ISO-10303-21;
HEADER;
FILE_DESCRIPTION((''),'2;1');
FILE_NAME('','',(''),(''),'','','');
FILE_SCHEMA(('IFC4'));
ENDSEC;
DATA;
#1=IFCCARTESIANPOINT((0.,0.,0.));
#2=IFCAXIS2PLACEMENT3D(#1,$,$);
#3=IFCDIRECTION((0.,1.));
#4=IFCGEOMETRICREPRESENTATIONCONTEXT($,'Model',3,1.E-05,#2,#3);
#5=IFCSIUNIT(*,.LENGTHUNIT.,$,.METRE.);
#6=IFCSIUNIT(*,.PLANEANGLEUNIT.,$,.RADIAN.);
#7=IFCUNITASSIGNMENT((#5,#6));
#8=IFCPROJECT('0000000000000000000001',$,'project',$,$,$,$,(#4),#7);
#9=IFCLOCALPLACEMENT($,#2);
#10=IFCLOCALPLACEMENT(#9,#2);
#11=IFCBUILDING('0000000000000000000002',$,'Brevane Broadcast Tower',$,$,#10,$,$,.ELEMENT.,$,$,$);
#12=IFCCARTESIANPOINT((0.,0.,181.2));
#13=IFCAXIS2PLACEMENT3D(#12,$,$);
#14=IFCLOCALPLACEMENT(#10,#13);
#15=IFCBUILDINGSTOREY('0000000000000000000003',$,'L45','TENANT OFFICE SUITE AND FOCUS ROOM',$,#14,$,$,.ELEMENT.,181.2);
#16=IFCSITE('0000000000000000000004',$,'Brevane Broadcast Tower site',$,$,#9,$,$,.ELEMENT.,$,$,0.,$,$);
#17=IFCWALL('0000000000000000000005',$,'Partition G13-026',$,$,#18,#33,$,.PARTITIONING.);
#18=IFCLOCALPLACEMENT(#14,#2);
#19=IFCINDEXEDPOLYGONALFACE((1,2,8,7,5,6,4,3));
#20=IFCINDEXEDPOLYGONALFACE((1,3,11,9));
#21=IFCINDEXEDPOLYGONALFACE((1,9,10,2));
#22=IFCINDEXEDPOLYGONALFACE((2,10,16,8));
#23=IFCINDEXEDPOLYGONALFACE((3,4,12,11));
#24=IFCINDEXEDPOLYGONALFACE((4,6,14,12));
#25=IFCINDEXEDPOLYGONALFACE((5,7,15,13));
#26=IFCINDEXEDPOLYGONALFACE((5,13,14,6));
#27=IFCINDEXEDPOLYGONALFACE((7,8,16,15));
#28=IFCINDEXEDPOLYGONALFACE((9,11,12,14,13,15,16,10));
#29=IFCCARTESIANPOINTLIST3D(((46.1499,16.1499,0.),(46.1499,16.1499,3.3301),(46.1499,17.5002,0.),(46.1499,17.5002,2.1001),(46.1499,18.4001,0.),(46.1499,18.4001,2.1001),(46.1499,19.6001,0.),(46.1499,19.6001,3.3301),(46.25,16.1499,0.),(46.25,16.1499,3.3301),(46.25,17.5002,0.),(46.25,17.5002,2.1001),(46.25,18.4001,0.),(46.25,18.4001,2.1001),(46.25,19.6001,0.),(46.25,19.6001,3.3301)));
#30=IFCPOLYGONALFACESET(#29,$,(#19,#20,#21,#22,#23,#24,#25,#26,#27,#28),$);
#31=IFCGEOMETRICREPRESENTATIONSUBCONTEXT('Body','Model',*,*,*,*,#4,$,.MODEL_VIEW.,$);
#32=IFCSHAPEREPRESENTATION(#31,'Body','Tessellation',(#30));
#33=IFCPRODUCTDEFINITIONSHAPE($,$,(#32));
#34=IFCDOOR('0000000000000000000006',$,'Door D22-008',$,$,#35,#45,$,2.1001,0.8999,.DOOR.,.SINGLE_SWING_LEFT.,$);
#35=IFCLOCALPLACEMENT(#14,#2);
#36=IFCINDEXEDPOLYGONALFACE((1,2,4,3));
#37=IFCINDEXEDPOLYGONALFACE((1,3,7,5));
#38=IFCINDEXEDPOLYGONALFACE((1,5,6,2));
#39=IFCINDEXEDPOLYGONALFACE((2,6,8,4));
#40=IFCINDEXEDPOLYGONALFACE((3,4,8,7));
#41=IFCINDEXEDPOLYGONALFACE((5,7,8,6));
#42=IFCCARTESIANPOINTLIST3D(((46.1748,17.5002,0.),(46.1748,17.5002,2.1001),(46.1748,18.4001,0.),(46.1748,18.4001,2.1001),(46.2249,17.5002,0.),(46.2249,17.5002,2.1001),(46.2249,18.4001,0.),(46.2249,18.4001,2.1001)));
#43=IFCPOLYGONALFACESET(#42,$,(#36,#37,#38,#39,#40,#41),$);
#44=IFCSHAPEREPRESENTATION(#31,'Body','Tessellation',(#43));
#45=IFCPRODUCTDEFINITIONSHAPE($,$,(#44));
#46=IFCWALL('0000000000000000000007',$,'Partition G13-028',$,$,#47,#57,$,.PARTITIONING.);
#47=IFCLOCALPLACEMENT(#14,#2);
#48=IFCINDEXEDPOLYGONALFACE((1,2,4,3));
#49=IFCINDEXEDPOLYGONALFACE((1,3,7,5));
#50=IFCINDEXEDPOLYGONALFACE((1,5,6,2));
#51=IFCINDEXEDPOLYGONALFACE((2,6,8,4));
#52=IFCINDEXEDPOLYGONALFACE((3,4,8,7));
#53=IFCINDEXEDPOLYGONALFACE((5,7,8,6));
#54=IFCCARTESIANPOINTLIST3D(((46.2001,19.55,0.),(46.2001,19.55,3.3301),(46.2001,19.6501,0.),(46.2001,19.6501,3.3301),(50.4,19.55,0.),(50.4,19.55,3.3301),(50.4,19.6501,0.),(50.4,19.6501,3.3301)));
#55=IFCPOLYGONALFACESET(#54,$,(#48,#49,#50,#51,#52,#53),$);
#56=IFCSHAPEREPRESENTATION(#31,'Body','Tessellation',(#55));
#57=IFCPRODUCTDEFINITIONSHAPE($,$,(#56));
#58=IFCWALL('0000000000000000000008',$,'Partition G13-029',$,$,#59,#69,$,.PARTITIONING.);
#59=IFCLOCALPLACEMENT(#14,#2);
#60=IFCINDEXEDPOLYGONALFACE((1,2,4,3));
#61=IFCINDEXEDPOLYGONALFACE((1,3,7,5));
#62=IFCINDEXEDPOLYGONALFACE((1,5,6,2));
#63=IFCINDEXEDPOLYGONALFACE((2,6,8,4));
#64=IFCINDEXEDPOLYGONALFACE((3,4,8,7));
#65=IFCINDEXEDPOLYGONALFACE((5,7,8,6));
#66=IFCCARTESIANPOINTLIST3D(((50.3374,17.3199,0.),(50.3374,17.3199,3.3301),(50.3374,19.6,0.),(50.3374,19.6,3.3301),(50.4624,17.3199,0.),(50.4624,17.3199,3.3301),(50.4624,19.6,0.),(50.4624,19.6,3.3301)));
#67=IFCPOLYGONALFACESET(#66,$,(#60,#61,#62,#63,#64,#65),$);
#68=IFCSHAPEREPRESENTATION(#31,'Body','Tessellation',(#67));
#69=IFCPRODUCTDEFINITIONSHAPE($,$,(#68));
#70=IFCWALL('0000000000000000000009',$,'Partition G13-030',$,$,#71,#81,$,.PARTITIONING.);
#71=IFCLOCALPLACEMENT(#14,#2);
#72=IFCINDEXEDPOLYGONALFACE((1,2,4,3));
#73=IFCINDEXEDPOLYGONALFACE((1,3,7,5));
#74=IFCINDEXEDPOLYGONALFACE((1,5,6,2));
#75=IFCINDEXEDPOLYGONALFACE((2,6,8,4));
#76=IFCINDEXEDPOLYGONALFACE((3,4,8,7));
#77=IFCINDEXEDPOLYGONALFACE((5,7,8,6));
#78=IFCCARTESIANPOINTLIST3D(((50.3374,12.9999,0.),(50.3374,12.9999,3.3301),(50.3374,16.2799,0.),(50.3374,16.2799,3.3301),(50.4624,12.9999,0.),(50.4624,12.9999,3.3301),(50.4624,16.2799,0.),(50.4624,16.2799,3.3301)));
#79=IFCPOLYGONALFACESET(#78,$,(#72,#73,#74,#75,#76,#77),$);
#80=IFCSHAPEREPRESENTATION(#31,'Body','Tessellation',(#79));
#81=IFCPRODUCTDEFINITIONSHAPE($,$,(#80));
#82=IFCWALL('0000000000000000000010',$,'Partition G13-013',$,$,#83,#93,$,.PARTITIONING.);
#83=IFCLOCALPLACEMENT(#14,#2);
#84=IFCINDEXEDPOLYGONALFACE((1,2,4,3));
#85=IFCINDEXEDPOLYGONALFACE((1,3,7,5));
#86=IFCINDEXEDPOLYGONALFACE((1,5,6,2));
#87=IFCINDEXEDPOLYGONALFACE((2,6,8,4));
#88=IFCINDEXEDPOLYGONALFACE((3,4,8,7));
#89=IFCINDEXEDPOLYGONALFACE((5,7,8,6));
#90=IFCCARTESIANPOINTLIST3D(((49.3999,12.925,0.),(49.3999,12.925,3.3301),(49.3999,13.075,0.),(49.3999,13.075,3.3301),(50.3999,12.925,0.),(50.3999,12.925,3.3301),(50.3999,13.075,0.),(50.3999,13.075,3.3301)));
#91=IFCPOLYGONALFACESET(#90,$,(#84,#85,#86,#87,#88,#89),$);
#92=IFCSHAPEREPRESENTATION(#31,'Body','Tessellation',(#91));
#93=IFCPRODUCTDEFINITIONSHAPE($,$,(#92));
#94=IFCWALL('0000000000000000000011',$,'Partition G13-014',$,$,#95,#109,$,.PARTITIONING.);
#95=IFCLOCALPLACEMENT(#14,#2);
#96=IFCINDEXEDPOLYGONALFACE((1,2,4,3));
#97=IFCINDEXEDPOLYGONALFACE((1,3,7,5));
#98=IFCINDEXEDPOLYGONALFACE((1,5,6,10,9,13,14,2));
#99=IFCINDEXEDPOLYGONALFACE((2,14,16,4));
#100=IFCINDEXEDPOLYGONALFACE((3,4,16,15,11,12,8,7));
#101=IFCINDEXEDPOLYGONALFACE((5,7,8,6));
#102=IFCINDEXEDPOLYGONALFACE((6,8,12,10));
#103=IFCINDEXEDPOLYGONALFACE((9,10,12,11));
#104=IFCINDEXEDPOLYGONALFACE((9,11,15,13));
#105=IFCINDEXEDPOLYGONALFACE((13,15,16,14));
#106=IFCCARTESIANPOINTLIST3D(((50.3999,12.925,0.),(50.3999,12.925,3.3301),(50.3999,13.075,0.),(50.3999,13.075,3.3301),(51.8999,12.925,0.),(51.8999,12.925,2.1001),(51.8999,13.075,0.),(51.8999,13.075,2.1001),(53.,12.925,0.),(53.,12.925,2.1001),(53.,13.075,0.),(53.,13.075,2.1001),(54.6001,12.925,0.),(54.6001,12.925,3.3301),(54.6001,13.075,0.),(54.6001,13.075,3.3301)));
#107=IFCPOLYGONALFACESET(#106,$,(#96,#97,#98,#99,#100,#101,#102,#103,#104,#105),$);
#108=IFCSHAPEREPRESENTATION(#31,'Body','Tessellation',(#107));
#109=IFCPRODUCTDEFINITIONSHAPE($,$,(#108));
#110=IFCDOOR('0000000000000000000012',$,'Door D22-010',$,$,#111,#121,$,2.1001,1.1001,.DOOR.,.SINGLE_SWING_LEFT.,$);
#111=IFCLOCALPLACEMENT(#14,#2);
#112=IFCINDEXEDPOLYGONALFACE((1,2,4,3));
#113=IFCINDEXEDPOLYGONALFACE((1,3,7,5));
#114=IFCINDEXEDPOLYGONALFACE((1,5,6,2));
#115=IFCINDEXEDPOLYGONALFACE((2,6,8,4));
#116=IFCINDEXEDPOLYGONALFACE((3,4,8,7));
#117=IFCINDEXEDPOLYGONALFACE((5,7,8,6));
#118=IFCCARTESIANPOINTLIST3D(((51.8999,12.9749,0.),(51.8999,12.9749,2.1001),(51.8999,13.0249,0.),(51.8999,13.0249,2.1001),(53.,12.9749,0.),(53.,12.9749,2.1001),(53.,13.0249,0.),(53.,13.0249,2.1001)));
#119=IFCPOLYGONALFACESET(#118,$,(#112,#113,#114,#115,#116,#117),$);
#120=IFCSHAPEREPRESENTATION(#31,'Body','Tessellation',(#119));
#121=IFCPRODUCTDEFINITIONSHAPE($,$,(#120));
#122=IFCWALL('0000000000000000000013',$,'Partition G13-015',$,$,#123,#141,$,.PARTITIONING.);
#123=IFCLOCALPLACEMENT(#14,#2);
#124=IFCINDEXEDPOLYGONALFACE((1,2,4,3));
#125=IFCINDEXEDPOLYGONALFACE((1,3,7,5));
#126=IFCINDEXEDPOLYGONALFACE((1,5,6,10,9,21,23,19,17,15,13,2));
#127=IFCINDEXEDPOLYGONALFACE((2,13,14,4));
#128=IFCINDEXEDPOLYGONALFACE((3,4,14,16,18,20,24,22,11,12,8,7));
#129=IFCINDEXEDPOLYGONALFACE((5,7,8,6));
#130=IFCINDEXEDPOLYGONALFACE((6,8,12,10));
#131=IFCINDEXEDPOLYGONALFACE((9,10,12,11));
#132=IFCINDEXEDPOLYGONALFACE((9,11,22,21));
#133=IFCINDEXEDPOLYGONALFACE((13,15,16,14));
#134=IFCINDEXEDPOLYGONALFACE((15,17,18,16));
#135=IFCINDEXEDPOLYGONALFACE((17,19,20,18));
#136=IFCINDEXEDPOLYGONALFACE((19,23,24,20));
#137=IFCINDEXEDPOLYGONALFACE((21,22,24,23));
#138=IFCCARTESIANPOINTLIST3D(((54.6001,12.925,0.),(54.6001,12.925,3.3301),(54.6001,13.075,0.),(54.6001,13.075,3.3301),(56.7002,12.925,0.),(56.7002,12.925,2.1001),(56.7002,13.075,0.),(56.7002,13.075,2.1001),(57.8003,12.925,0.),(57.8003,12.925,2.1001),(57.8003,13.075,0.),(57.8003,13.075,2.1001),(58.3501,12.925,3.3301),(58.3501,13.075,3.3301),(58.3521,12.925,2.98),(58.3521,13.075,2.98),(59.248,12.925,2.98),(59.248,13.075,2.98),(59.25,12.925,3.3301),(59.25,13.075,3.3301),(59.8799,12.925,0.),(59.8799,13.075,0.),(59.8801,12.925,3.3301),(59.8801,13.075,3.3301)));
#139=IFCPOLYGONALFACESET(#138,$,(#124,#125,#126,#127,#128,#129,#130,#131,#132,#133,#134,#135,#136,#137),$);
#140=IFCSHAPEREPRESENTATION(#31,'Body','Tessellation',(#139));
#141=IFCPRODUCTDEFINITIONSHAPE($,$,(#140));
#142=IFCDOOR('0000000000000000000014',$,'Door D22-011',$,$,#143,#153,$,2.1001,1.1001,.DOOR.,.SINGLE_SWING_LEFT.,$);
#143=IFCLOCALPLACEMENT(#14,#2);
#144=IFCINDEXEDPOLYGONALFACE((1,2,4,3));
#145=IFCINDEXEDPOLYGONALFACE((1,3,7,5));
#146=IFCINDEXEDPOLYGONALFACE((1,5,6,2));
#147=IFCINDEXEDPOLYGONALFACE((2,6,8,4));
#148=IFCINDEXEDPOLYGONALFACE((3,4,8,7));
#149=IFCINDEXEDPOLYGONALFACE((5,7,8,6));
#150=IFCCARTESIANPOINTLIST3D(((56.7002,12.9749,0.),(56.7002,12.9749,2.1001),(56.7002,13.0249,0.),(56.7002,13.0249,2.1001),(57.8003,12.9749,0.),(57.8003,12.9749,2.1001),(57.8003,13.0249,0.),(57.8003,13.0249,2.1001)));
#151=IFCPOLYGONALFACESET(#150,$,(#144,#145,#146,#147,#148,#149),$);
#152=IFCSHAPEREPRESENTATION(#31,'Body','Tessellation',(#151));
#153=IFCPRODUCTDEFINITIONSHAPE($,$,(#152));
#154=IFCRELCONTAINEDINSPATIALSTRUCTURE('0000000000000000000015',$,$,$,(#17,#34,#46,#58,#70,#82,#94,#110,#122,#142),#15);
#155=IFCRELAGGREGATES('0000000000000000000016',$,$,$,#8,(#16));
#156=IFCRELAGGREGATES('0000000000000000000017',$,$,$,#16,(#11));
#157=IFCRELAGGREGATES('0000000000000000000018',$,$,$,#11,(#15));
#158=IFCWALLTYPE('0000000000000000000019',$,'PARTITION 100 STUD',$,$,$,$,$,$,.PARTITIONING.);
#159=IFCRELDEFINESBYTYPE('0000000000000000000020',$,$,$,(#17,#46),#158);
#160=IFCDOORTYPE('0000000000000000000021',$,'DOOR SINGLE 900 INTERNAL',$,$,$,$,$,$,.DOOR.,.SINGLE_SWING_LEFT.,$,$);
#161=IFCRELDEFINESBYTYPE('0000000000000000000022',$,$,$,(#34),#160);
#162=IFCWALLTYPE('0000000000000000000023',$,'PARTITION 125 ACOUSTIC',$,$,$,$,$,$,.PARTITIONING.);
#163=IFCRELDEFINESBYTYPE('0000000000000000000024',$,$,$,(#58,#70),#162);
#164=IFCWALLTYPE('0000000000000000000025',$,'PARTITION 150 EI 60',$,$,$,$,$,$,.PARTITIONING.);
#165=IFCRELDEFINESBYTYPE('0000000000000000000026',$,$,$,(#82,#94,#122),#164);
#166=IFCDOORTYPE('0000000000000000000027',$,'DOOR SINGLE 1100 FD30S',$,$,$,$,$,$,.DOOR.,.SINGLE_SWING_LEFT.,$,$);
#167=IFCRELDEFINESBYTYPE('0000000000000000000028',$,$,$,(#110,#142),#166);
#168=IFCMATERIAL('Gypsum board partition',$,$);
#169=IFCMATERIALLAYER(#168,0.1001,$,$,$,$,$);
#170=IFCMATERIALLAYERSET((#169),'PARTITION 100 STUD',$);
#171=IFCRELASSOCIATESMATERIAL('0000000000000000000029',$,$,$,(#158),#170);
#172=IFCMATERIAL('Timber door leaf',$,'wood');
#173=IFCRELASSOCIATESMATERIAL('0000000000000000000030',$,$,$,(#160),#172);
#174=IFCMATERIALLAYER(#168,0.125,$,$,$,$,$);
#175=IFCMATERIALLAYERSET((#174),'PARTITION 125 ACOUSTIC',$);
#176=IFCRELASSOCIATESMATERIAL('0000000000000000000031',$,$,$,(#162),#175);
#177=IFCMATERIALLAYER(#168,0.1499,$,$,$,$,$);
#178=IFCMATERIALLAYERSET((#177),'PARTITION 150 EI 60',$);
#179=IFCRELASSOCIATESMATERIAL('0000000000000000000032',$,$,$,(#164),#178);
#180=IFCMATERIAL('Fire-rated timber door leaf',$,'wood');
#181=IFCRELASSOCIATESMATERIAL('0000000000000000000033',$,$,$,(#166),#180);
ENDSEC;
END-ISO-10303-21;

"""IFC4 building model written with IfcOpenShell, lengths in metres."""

from ifc_helpers import new_model, si_unit, direction, frame, frame_2d, origin, place, context, subcontext, project, spatial, polyline, rectangle, outline, extrude, material, layer, layer_set, type_object, element, fill, save


model = new_model("IFC4")

# Units and contexts
model_context = context("Model", 3, precision=1e-05, world=origin(), true_north=direction((0.0, 1.0)))
body_context = subcontext(model_context, "Body", "Model", "MODEL_VIEW")
ifc_project = project(units=[si_unit("LENGTHUNIT", "METRE"), si_unit("PLANEANGLEUNIT", "RADIAN")], contexts=[model_context])

# Site, building, storey
site_placement = place(None, origin())
site = spatial("IfcSite", under=ifc_project, at=site_placement, Name="Brevane Broadcast Tower site", CompositionType="ELEMENT", RefElevation=0.0)
building_placement = place(site_placement, origin())
building = spatial("IfcBuilding", under=site, at=building_placement, Name="Brevane Broadcast Tower", CompositionType="ELEMENT")
storey_placement = place(building_placement, frame((0.0, 0.0, 181.2)))
storey = spatial("IfcBuildingStorey", under=building, at=storey_placement, Name="L45", Description="TENANT OFFICE SUITE AND FOCUS ROOM", CompositionType="ELEMENT", Elevation=181.2)

# Wall, opening, door
ifc_material_1 = material(Name="Gypsum board partition")
ifc_layer_1 = layer(ifc_material_1, 0.1001)
ifc_layer_set_1 = layer_set([ifc_layer_1], Name="PARTITION 100 STUD")
wall_type_1 = type_object("IfcWallType", Name="PARTITION 100 STUD", PredefinedType="PARTITIONING", material=ifc_layer_set_1)
wall_1_placement = place(storey_placement, frame((46.2, 19.6001, 0.0), z_axis=(0.0, 0.0, 1.0), x_axis=(0.0, -1.0, 0.0)))
wall_1 = element("IfcWall", 1, at=wall_1_placement, inside=storey, type_object=wall_type_1, Name="Partition G13-026", PredefinedType="PARTITIONING", context=body_context, shape_type="SweptSolid", body=[
    extrude(rectangle(XDim=3.4502, YDim=0.1001, at=frame_2d((1.7251, 0.0))), origin(), (0.0, 0.0, 1.0), 3.3301),
])
opening_1_placement = place(wall_1_placement, frame((1.2, 0.0, 0.0)))
opening_1 = element("IfcOpeningElement", 2, at=opening_1_placement, cuts=wall_1, PredefinedType="OPENING", context=body_context, shape_type="SweptSolid", body=[
    extrude(rectangle(XDim=0.8999, YDim=2.1001, at=frame_2d((0.45, 1.05))), frame((0.0, 0.0601, 0.0), z_axis=(0.0, -1.0, 0.0), x_axis=(1.0, 0.0, 0.0)), (0.0, 0.0, 1.0), 0.1201),
])
ifc_material_2 = material(Name="Timber door leaf", Category="wood")
door_type_1 = type_object("IfcDoorType", Name="DOOR SINGLE 900 INTERNAL", OperationType="SINGLE_SWING_LEFT", PredefinedType="DOOR", material=ifc_material_2)
door_1_placement = place(opening_1_placement, origin())
door_1 = element("IfcDoor", 3, at=door_1_placement, inside=storey, type_object=door_type_1, Name="Door D22-008", OperationType="SINGLE_SWING_LEFT", OverallHeight=2.1001, OverallWidth=0.8999, PredefinedType="DOOR", context=body_context, shape_type="SweptSolid", body=[
    extrude(rectangle(XDim=0.8999, YDim=2.1001, at=frame_2d((0.45, 1.05))), frame((0.0, 0.0249, 0.0), z_axis=(0.0, -1.0, 0.0), x_axis=(1.0, 0.0, 0.0)), (0.0, 0.0, 1.0), 0.05),
])
fill(opening_1, door_1)

# Walls
wall_2_placement = place(storey_placement, frame((46.2, 19.6001, 0.0), z_axis=(0.0, 0.0, 1.0), x_axis=(1.0, 0.0, 0.0)))
element("IfcWall", 4, at=wall_2_placement, inside=storey, type_object=wall_type_1, Name="Partition G13-028", PredefinedType="PARTITIONING", context=body_context, shape_type="SweptSolid", body=[
    extrude(rectangle(XDim=4.2, YDim=0.1001, at=frame_2d((2.1001, 0.0))), origin(), (0.0, 0.0, 1.0), 3.3301),
])
ifc_layer_2 = layer(ifc_material_1, 0.125)
ifc_layer_set_2 = layer_set([ifc_layer_2], Name="PARTITION 125 ACOUSTIC")
wall_type_2 = type_object("IfcWallType", Name="PARTITION 125 ACOUSTIC", PredefinedType="PARTITIONING", material=ifc_layer_set_2)
wall_3_placement = place(storey_placement, frame((50.3999, 19.6001, 0.0), z_axis=(0.0, 0.0, 1.0), x_axis=(0.0, -1.0, 0.0)))
element("IfcWall", 5, at=wall_3_placement, inside=storey, type_object=wall_type_2, Name="Partition G13-029", PredefinedType="PARTITIONING", context=body_context, shape_type="SweptSolid", body=[
    extrude(rectangle(XDim=2.28, YDim=0.125, at=frame_2d((1.1401, 0.0))), origin(), (0.0, 0.0, 1.0), 3.3301),
])
wall_4_placement = place(storey_placement, frame((50.3999, 16.28, 0.0), z_axis=(0.0, 0.0, 1.0), x_axis=(0.0, -1.0, 0.0)))
element("IfcWall", 6, at=wall_4_placement, inside=storey, type_object=wall_type_2, Name="Partition G13-030", PredefinedType="PARTITIONING", context=body_context, shape_type="SweptSolid", body=[
    extrude(rectangle(XDim=3.28, YDim=0.125, at=frame_2d((1.6401, 0.0))), origin(), (0.0, 0.0, 1.0), 3.3301),
])
ifc_layer_3 = layer(ifc_material_1, 0.1499)
ifc_layer_set_3 = layer_set([ifc_layer_3], Name="PARTITION 150 EI 60")
wall_type_3 = type_object("IfcWallType", Name="PARTITION 150 EI 60", PredefinedType="PARTITIONING", material=ifc_layer_set_3)
wall_5_placement = place(storey_placement, frame((49.3999, 13.0, 0.0), z_axis=(0.0, 0.0, 1.0), x_axis=(1.0, 0.0, 0.0)))
element("IfcWall", 7, at=wall_5_placement, inside=storey, type_object=wall_type_3, Name="Partition G13-013", PredefinedType="PARTITIONING", context=body_context, shape_type="SweptSolid", body=[
    extrude(rectangle(XDim=1.0, YDim=0.1499, at=frame_2d((0.5, 0.0))), origin(), (0.0, 0.0, 1.0), 3.3301),
])

# Walls, openings, doors
wall_6_placement = place(storey_placement, frame((50.3999, 13.0, 0.0), z_axis=(0.0, 0.0, 1.0), x_axis=(1.0, 0.0, 0.0)))
wall_6 = element("IfcWall", 8, at=wall_6_placement, inside=storey, type_object=wall_type_3, Name="Partition G13-014", PredefinedType="PARTITIONING", context=body_context, shape_type="SweptSolid", body=[
    extrude(rectangle(XDim=4.2002, YDim=0.1499, at=frame_2d((2.1001, 0.0))), origin(), (0.0, 0.0, 1.0), 3.3301),
])
opening_2_placement = place(wall_6_placement, frame((1.5, 0.0, 0.0)))
opening_2 = element("IfcOpeningElement", 9, at=opening_2_placement, cuts=wall_6, PredefinedType="OPENING", context=body_context, shape_type="SweptSolid", body=[
    extrude(rectangle(XDim=1.1001, YDim=2.1001, at=frame_2d((0.55, 1.05))), frame((0.0, 0.085, 0.0), z_axis=(0.0, -1.0, 0.0), x_axis=(1.0, 0.0, 0.0)), (0.0, 0.0, 1.0), 0.1699),
])
ifc_material_3 = material(Name="Fire-rated timber door leaf", Category="wood")
door_type_2 = type_object("IfcDoorType", Name="DOOR SINGLE 1100 FD30S", OperationType="SINGLE_SWING_LEFT", PredefinedType="DOOR", material=ifc_material_3)
door_2_placement = place(opening_2_placement, origin())
door_2 = element("IfcDoor", 10, at=door_2_placement, inside=storey, type_object=door_type_2, Name="Door D22-010", OperationType="SINGLE_SWING_LEFT", OverallHeight=2.1001, OverallWidth=1.1001, PredefinedType="DOOR", context=body_context, shape_type="SweptSolid", body=[
    extrude(rectangle(XDim=1.1001, YDim=2.1001, at=frame_2d((0.55, 1.05))), frame((0.0, 0.0249, 0.0), z_axis=(0.0, -1.0, 0.0), x_axis=(1.0, 0.0, 0.0)), (0.0, 0.0, 1.0), 0.05),
])
fill(opening_2, door_2)
wall_7_placement = place(storey_placement, frame((54.6001, 13.0, 0.0), z_axis=(0.0, 0.0, 1.0), x_axis=(1.0, 0.0, 0.0)))
wall_7 = element("IfcWall", 11, at=wall_7_placement, inside=storey, type_object=wall_type_3, Name="Partition G13-015", PredefinedType="PARTITIONING", context=body_context, shape_type="SweptSolid", body=[
    extrude(outline(polyline([(0.0, 0.0), (5.2798, 0.0), (5.28, 3.3301), (4.6499, 3.3301), (4.6479, 2.98), (3.752, 2.98), (3.75, 3.3301), (0.0, 3.3301), (0.0, 0.0)])), frame((0.0, 0.075, 0.0), z_axis=(0.0, -1.0, 0.0), x_axis=(1.0, 0.0, 0.0)), (0.0, 0.0, 1.0), 0.1499),
])
opening_3_placement = place(wall_7_placement, frame((2.1001, 0.0, 0.0)))
opening_3 = element("IfcOpeningElement", 12, at=opening_3_placement, cuts=wall_7, PredefinedType="OPENING", context=body_context, shape_type="SweptSolid", body=[
    extrude(rectangle(XDim=1.1001, YDim=2.1001, at=frame_2d((0.55, 1.05))), frame((0.0, 0.085, 0.0), z_axis=(0.0, -1.0, 0.0), x_axis=(1.0, 0.0, 0.0)), (0.0, 0.0, 1.0), 0.1699),
])
door_3_placement = place(opening_3_placement, origin())
door_3 = element("IfcDoor", 13, at=door_3_placement, inside=storey, type_object=door_type_2, Name="Door D22-011", OperationType="SINGLE_SWING_LEFT", OverallHeight=2.1001, OverallWidth=1.1001, PredefinedType="DOOR", context=body_context, shape_type="SweptSolid", body=[
    extrude(rectangle(XDim=1.1001, YDim=2.1001, at=frame_2d((0.55, 1.05))), frame((0.0, 0.0249, 0.0), z_axis=(0.0, -1.0, 0.0), x_axis=(1.0, 0.0, 0.0)), (0.0, 0.0, 1.0), 0.05),
])
fill(opening_3, door_3)

save(model, "model.ifc")
